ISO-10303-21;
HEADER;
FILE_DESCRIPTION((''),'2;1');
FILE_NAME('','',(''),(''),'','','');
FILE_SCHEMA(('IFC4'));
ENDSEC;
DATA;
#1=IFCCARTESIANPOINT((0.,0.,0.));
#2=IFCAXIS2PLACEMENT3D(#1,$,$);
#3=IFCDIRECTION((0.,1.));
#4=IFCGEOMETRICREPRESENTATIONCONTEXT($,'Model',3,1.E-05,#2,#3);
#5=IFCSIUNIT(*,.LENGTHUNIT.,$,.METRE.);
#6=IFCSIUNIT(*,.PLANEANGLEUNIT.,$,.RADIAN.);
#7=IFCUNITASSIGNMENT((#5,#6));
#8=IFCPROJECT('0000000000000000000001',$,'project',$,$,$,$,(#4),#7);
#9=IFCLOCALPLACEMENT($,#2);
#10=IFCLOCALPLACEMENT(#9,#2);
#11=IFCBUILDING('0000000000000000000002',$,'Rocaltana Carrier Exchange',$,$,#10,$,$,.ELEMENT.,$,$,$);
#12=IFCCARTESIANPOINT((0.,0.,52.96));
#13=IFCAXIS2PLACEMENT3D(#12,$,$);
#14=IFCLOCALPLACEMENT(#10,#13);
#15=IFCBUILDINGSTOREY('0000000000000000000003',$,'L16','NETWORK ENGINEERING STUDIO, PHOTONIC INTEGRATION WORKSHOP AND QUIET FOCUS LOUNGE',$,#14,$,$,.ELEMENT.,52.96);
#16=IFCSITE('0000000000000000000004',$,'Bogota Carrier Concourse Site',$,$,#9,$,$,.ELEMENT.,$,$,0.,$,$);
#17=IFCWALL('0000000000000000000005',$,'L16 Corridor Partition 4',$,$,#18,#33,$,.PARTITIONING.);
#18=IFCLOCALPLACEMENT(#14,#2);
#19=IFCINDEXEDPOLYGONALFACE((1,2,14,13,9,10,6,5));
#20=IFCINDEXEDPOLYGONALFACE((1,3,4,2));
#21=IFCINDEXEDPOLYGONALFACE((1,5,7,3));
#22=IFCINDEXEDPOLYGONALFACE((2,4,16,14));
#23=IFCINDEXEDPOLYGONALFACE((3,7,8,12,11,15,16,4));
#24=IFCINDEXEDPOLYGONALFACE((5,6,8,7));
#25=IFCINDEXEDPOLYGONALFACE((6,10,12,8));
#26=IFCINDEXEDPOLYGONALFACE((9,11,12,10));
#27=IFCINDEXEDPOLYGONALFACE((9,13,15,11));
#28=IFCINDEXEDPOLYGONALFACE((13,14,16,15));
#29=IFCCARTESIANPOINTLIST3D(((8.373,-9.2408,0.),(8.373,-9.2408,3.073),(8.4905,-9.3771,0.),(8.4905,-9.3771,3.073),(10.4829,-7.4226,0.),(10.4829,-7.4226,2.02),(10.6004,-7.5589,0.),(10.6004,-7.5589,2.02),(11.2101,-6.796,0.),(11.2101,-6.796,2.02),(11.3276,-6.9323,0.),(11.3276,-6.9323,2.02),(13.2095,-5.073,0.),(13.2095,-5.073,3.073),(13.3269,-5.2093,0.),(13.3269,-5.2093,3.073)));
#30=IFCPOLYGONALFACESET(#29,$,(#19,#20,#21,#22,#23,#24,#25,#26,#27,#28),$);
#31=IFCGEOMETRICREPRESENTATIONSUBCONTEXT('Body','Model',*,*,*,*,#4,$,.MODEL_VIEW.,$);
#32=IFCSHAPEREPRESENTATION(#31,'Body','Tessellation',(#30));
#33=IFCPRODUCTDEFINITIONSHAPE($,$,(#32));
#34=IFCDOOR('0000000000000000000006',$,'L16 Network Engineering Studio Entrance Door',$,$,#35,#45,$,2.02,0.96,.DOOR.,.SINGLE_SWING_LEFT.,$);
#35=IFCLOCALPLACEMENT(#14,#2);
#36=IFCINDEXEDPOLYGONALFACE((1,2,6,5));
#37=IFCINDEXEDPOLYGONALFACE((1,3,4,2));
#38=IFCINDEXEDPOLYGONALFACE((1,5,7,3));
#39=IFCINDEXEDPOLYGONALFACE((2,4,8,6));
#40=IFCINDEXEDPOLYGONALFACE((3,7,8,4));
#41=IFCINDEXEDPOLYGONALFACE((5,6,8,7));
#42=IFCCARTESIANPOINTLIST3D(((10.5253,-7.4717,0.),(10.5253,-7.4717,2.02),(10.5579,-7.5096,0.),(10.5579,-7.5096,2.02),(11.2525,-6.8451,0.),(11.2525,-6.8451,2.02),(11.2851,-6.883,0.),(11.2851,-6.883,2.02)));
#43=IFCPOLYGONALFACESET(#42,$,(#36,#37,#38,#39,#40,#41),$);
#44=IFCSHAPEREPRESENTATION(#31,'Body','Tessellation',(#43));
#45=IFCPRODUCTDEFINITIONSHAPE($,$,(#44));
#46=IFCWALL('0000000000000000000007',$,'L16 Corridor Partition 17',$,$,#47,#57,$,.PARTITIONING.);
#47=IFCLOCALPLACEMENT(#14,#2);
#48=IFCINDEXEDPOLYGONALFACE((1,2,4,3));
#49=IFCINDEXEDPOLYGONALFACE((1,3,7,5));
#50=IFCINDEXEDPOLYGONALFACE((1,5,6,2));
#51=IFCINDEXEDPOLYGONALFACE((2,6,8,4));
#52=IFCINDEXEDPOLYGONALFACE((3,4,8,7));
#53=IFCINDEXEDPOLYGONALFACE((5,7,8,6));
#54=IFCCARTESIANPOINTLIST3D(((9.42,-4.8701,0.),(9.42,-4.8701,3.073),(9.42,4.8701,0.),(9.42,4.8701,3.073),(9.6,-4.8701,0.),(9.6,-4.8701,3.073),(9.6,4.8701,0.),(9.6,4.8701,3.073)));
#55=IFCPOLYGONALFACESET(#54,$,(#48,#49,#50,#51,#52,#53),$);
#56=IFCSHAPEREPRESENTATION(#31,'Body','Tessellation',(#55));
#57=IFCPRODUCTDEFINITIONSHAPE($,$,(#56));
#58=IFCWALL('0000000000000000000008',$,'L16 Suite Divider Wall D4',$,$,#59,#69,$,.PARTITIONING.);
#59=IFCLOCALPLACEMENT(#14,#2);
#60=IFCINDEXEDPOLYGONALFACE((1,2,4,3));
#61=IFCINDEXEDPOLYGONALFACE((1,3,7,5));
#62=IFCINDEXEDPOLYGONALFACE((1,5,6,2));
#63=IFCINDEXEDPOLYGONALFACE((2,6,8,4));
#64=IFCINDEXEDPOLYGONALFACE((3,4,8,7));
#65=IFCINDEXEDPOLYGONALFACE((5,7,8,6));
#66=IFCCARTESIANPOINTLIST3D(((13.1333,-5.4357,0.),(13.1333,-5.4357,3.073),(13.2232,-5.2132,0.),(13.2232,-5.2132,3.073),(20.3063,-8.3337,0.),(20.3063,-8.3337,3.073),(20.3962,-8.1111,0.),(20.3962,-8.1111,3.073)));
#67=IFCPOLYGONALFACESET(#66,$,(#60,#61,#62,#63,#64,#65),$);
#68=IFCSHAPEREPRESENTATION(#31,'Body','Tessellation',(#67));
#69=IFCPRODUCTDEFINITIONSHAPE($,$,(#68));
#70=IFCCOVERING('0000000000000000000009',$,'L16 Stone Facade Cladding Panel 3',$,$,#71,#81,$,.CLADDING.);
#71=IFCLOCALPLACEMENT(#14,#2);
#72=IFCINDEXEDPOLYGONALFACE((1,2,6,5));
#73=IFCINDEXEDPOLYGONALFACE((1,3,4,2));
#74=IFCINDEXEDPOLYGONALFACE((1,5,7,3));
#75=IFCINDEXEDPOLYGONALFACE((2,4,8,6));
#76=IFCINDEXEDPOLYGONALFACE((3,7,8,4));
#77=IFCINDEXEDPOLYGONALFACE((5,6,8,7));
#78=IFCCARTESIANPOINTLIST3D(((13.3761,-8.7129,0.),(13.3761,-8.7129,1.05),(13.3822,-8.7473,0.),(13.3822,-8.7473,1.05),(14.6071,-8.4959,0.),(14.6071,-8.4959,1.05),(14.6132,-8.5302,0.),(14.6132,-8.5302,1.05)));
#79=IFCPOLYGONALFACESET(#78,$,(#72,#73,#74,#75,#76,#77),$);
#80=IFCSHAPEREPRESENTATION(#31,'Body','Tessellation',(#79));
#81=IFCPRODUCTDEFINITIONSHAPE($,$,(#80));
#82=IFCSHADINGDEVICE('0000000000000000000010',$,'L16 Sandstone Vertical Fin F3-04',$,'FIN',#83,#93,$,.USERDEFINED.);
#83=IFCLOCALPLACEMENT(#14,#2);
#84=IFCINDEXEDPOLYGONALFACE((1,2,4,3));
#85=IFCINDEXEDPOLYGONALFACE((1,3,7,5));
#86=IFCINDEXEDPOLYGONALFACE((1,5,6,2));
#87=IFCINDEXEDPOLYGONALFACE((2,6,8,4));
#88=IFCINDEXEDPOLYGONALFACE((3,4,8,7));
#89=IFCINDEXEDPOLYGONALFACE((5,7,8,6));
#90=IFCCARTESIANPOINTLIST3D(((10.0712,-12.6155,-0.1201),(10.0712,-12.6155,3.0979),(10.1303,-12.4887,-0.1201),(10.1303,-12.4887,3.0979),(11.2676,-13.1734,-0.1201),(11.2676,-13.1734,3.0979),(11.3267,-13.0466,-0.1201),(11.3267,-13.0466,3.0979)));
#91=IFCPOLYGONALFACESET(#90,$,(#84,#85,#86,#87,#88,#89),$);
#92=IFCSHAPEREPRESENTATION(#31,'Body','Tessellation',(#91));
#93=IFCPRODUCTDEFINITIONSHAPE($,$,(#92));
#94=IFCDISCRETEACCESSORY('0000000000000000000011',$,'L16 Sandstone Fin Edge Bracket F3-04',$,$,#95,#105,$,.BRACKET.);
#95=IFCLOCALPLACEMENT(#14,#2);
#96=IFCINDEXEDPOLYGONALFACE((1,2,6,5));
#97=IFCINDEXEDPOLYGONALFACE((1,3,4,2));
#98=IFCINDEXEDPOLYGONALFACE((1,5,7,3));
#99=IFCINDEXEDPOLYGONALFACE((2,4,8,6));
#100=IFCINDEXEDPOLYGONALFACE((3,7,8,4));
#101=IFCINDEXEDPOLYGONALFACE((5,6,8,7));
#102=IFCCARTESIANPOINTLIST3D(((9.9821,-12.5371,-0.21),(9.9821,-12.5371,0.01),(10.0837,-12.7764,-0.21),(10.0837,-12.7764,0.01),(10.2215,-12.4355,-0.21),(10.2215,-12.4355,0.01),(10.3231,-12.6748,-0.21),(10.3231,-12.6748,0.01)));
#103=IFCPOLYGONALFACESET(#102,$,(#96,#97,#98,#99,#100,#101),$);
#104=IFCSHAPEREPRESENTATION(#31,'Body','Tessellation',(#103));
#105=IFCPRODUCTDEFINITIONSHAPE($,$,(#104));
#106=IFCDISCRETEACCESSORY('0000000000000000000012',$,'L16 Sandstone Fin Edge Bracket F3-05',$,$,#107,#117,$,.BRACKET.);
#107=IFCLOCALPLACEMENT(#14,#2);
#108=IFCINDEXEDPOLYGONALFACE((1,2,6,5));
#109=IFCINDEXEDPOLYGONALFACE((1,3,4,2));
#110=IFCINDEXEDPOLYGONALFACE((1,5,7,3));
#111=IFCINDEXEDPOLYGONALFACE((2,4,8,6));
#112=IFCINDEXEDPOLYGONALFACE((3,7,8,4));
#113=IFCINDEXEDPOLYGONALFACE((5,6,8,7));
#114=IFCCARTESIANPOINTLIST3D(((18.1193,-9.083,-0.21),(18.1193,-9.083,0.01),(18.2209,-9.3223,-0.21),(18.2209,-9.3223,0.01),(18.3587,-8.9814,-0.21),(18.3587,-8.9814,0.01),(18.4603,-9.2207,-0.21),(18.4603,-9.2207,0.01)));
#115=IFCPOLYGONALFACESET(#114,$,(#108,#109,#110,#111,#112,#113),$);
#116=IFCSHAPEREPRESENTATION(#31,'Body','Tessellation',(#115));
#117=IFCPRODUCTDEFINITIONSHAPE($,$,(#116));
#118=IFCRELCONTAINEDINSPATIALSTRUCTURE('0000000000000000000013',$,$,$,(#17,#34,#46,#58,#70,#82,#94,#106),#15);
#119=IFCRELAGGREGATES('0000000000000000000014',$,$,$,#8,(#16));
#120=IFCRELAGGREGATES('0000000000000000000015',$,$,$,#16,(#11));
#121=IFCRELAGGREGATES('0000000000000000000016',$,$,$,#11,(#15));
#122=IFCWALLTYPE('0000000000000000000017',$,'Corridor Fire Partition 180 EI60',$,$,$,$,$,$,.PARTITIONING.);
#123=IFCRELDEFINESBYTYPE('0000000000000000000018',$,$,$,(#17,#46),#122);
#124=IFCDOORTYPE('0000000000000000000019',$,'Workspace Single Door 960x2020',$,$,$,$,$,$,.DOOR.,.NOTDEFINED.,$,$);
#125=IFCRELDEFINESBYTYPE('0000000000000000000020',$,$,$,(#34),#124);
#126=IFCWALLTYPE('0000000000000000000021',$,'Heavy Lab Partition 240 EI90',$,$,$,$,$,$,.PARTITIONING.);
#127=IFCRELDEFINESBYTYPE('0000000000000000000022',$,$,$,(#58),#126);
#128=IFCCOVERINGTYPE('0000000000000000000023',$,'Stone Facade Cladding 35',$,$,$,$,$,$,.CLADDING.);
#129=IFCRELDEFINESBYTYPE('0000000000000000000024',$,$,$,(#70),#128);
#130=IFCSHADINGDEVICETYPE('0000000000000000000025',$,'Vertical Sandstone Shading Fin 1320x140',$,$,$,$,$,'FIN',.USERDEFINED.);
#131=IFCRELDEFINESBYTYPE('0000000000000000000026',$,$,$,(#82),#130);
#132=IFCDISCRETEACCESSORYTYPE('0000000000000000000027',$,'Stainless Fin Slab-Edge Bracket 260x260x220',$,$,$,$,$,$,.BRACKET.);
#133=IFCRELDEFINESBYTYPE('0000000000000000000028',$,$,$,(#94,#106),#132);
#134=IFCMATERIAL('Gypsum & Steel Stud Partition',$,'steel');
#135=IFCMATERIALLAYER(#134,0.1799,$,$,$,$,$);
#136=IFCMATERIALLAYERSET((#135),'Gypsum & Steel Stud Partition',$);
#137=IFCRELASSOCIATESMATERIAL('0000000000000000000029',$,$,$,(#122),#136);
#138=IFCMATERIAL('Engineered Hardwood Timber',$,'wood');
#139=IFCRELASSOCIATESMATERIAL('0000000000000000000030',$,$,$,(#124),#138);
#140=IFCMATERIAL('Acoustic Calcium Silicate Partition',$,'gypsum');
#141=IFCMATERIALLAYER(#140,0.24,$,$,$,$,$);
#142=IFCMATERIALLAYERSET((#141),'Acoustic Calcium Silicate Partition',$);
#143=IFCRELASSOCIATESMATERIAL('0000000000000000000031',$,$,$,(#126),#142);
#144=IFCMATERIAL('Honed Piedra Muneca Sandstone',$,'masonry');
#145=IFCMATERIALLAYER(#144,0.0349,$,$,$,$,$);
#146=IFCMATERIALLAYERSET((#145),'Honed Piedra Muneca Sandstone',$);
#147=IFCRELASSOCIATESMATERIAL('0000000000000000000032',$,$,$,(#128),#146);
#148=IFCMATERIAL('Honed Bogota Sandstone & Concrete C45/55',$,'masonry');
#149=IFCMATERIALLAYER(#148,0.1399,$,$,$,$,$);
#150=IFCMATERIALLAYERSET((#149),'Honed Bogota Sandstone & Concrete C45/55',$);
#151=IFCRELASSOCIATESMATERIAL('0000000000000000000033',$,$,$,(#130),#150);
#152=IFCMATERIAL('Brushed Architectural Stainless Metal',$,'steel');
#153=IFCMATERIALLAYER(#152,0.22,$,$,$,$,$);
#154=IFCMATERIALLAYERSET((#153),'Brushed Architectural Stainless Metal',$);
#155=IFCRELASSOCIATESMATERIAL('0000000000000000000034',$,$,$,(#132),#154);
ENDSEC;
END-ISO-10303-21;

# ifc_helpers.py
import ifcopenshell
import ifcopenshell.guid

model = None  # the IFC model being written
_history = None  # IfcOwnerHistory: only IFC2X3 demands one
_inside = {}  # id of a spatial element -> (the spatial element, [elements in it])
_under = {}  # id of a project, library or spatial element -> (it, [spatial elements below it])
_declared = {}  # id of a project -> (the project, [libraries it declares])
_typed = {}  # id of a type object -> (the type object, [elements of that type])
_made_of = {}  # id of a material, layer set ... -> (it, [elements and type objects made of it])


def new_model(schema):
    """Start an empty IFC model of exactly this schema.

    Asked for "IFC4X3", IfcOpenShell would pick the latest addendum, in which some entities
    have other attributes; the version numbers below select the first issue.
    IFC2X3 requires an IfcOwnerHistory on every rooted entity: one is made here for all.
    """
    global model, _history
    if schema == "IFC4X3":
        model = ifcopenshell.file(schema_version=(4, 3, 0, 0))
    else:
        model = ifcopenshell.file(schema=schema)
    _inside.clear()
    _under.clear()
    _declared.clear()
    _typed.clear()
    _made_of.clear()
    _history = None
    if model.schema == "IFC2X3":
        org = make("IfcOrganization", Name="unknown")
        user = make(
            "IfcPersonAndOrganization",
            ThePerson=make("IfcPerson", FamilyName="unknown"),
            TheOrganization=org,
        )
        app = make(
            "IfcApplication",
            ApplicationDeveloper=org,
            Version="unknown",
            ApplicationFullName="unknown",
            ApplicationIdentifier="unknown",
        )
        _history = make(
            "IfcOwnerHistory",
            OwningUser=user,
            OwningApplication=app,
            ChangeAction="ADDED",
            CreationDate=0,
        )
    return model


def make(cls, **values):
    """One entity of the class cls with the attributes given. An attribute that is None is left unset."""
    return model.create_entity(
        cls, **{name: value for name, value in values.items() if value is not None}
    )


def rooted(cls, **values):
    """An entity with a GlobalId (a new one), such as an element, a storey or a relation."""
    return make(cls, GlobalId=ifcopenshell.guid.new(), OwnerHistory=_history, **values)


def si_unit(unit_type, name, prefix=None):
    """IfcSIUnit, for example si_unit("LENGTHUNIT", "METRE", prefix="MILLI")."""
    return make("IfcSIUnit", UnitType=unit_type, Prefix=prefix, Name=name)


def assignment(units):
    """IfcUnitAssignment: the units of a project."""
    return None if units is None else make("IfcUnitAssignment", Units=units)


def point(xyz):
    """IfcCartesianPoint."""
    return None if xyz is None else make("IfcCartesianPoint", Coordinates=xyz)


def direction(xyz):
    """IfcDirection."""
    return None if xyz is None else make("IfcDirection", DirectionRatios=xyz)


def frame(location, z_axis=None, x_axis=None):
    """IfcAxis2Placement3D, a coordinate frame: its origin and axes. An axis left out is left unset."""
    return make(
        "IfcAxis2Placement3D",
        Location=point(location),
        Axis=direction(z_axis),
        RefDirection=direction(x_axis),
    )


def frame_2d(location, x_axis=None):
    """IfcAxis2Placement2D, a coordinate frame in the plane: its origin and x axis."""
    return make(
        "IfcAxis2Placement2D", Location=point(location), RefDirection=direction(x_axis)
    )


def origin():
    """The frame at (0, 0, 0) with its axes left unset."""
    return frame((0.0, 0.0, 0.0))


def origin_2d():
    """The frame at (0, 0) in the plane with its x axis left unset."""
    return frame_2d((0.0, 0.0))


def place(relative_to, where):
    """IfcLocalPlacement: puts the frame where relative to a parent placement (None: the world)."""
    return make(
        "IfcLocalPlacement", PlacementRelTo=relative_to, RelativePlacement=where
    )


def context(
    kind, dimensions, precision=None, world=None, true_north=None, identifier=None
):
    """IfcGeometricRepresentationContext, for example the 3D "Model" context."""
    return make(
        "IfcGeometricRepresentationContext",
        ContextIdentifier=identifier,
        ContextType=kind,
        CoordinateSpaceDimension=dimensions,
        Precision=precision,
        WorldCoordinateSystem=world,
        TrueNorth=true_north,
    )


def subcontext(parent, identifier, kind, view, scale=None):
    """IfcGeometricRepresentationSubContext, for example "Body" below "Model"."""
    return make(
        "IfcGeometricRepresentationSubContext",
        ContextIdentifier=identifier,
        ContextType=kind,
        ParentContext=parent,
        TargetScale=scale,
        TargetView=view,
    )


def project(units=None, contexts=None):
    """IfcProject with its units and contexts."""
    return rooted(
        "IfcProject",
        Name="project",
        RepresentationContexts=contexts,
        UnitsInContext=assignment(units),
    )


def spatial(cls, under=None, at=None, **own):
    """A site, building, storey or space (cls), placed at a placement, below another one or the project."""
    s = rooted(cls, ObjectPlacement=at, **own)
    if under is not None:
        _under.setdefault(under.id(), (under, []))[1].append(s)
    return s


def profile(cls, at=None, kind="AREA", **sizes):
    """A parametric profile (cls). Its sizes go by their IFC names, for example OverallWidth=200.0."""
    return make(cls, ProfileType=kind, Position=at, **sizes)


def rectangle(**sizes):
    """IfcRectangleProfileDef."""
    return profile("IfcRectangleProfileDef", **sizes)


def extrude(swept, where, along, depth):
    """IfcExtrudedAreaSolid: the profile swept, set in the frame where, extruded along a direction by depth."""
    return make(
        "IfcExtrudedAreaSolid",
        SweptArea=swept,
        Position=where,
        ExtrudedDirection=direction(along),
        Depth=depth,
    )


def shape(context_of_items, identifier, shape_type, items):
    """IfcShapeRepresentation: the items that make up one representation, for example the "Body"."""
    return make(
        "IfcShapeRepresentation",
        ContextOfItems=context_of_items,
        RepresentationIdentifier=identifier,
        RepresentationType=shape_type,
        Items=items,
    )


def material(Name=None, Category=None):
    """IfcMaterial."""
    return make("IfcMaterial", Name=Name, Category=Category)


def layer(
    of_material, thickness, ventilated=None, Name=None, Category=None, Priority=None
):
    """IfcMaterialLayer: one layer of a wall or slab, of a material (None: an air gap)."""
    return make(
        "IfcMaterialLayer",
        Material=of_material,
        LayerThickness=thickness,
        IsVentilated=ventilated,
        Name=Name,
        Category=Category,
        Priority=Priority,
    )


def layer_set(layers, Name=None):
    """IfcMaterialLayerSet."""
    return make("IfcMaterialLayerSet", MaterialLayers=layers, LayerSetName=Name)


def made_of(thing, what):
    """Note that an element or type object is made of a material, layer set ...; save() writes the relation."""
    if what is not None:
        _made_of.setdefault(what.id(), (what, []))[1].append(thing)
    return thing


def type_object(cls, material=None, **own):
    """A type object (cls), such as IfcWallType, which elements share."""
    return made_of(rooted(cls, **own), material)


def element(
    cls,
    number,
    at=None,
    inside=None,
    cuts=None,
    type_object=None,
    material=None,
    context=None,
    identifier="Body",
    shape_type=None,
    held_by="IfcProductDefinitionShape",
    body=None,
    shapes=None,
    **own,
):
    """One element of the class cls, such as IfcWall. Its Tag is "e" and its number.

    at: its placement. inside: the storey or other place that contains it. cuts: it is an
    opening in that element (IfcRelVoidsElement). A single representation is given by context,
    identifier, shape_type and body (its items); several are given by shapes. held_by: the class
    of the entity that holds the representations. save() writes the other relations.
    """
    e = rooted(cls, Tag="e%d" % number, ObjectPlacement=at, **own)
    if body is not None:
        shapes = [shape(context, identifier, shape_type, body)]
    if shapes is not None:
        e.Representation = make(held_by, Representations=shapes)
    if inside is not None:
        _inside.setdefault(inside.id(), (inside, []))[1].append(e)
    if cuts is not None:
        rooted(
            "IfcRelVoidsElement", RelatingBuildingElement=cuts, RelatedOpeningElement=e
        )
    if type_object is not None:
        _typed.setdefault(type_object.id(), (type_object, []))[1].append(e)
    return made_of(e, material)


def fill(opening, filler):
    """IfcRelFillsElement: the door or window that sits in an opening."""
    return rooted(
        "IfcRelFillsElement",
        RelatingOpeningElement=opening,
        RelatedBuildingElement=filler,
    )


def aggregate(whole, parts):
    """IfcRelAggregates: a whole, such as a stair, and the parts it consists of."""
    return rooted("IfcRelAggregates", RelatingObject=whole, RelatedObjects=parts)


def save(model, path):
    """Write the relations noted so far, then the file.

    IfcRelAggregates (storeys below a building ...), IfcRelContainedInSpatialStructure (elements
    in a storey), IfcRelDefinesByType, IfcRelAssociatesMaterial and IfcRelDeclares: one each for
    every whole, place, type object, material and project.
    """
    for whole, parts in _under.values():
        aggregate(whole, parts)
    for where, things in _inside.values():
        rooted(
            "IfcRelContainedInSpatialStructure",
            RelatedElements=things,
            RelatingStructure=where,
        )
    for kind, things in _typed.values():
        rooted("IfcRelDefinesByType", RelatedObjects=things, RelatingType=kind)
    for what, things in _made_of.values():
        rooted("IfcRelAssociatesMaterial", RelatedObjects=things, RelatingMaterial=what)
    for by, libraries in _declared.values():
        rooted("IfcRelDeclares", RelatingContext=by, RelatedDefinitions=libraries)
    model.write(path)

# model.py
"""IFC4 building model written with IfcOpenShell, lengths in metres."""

from ifc_helpers import new_model, si_unit, direction, frame, frame_2d, origin, origin_2d, place, context, subcontext, project, spatial, rectangle, extrude, material, layer, layer_set, type_object, element, fill, save


model = new_model("IFC4")

# Units and contexts
model_context = context("Model", 3, precision=1e-05, world=origin(), true_north=direction((0.0, 1.0)))
body_context = subcontext(model_context, "Body", "Model", "MODEL_VIEW")
ifc_project = project(units=[si_unit("LENGTHUNIT", "METRE"), si_unit("PLANEANGLEUNIT", "RADIAN")], contexts=[model_context])

# Site, building, storey
site_placement = place(None, origin())
site = spatial("IfcSite", under=ifc_project, at=site_placement, Name="Bogota Carrier Concourse Site", CompositionType="ELEMENT", RefElevation=0.0)
building_placement = place(site_placement, origin())
building = spatial("IfcBuilding", under=site, at=building_placement, Name="Rocaltana Carrier Exchange", CompositionType="ELEMENT")
storey_placement = place(building_placement, frame((0.0, 0.0, 52.96)))
storey = spatial("IfcBuildingStorey", under=building, at=storey_placement, Name="L16", Description="NETWORK ENGINEERING STUDIO, PHOTONIC INTEGRATION WORKSHOP AND QUIET FOCUS LOUNGE", CompositionType="ELEMENT", Elevation=52.96)

# Wall, opening, door
ifc_material_1 = material(Name="Gypsum & Steel Stud Partition", Category="steel")
ifc_layer_1 = layer(ifc_material_1, 0.1799)
ifc_layer_set_1 = layer_set([ifc_layer_1], Name="Gypsum & Steel Stud Partition")
wall_type_1 = type_object("IfcWallType", Name="Corridor Fire Partition 180 EI60", PredefinedType="PARTITIONING", material=ifc_layer_set_1)
wall_1_placement = place(storey_placement, frame((13.2683, -5.1411, 0.0), z_axis=(0.0, 0.0, 1.0), x_axis=(-0.757535, -0.652795, 0.0)))
wall_1 = element("IfcWall", 1, at=wall_1_placement, inside=storey, type_object=wall_type_1, Name="L16 Corridor Partition 4", PredefinedType="PARTITIONING", context=body_context, shape_type="SweptSolid", body=[
    extrude(rectangle(XDim=6.3845, YDim=0.1799, at=frame_2d((3.1924, 0.0))), origin(), (0.0, 0.0, 1.0), 3.073),
])
opening_placement = place(wall_1_placement, frame((2.6394, 0.0, 0.0)))
opening = element("IfcOpeningElement", 2, at=opening_placement, cuts=wall_1, PredefinedType="OPENING", context=body_context, shape_type="SweptSolid", body=[
    extrude(rectangle(XDim=0.96, YDim=2.02, at=frame_2d((0.48, 1.01))), frame((0.0, 0.0999, 0.0), z_axis=(0.0, -1.0, 0.0), x_axis=(1.0, 0.0, 0.0)), (0.0, 0.0, 1.0), 0.2),
])
ifc_material_2 = material(Name="Engineered Hardwood Timber", Category="wood")
door_type = type_object("IfcDoorType", Name="Workspace Single Door 960x2020", OperationType="NOTDEFINED", PredefinedType="DOOR", material=ifc_material_2)
door_placement = place(opening_placement, origin())
door = element("IfcDoor", 3, at=door_placement, inside=storey, type_object=door_type, Name="L16 Network Engineering Studio Entrance Door", OperationType="SINGLE_SWING_LEFT", OverallHeight=2.02, OverallWidth=0.96, PredefinedType="DOOR", context=body_context, shape_type="SweptSolid", body=[
    extrude(rectangle(XDim=0.96, YDim=2.02, at=frame_2d((0.48, 1.01))), frame((0.0, 0.0249, 0.0), z_axis=(0.0, -1.0, 0.0), x_axis=(1.0, 0.0, 0.0)), (0.0, 0.0, 1.0), 0.05),
])
fill(opening, door)

# Walls
wall_2_placement = place(storey_placement, frame((9.51, -4.8701, 0.0), z_axis=(0.0, 0.0, 1.0), x_axis=(0.0, 1.0, 0.0)))
element("IfcWall", 4, at=wall_2_placement, inside=storey, type_object=wall_type_1, Name="L16 Corridor Partition 17", PredefinedType="PARTITIONING", context=body_context, shape_type="SweptSolid", body=[
    extrude(rectangle(XDim=9.7402, YDim=0.1799, at=frame_2d((4.8701, 0.0))), origin(), (0.0, 0.0, 1.0), 3.073),
])
ifc_material_3 = material(Name="Acoustic Calcium Silicate Partition", Category="gypsum")
ifc_layer_2 = layer(ifc_material_3, 0.24)
ifc_layer_set_2 = layer_set([ifc_layer_2], Name="Acoustic Calcium Silicate Partition")
wall_type_2 = type_object("IfcWallType", Name="Heavy Lab Partition 240 EI90", PredefinedType="PARTITIONING", material=ifc_layer_set_2)
wall_3_placement = place(storey_placement, frame((13.1782, -5.3245, 0.0), z_axis=(0.0, 0.0, 1.0), x_axis=(0.927191, -0.374588, 0.0)))
element("IfcWall", 5, at=wall_3_placement, inside=storey, type_object=wall_type_2, Name="L16 Suite Divider Wall D4", PredefinedType="PARTITIONING", context=body_context, shape_type="SweptSolid", body=[
    extrude(rectangle(XDim=7.7363, YDim=0.24, at=frame_2d((3.8682, 0.0))), origin(), (0.0, 0.0, 1.0), 3.073),
])

# Covering
ifc_material_4 = material(Name="Honed Piedra Muneca Sandstone", Category="masonry")
ifc_layer_3 = layer(ifc_material_4, 0.0349)
ifc_layer_set_3 = layer_set([ifc_layer_3], Name="Honed Piedra Muneca Sandstone")
covering_type = type_object("IfcCoveringType", Name="Stone Facade Cladding 35", PredefinedType="CLADDING", material=ifc_layer_set_3)
covering_placement = place(storey_placement, frame((13.9946, -8.6216, 0.0), z_axis=(0.0, 0.0, 1.0), x_axis=(0.984808, 0.173648, 0.0)))
element("IfcCovering", 6, at=covering_placement, inside=storey, type_object=covering_type, Name="L16 Stone Facade Cladding Panel 3", PredefinedType="CLADDING", context=body_context, shape_type="SweptSolid", body=[
    extrude(rectangle(XDim=1.25, YDim=0.0349, at=origin_2d()), origin(), (0.0, 0.0, 1.0), 1.05),
])

# Shading device
ifc_material_5 = material(Name="Honed Bogota Sandstone & Concrete C45/55", Category="masonry")
ifc_layer_4 = layer(ifc_material_5, 0.1399)
ifc_layer_set_4 = layer_set([ifc_layer_4], Name="Honed Bogota Sandstone & Concrete C45/55")
shading_device_type = type_object("IfcShadingDeviceType", Name="Vertical Sandstone Shading Fin 1320x140", ElementType="FIN", PredefinedType="USERDEFINED", material=ifc_layer_set_4)
shading_device_placement = place(storey_placement, frame((10.699, -12.8311, -0.1201), z_axis=(0.0, 0.0, 1.0), x_axis=(0.906308, -0.422618, 0.0)))
element("IfcShadingDevice", 7, at=shading_device_placement, inside=storey, type_object=shading_device_type, Name="L16 Sandstone Vertical Fin F3-04", ObjectType="FIN", PredefinedType="USERDEFINED", context=body_context, shape_type="SweptSolid", body=[
    extrude(rectangle(XDim=1.3201, YDim=0.1399, at=origin_2d()), origin(), (0.0, 0.0, 1.0), 3.218),
])

# Discrete accessories
ifc_material_6 = material(Name="Brushed Architectural Stainless Metal", Category="steel")
ifc_layer_5 = layer(ifc_material_6, 0.22)
ifc_layer_set_5 = layer_set([ifc_layer_5], Name="Brushed Architectural Stainless Metal")
discrete_accessory_type = type_object("IfcDiscreteAccessoryType", Name="Stainless Fin Slab-Edge Bracket 260x260x220", PredefinedType="BRACKET", material=ifc_layer_set_5)
for number, where, z_axis, x_axis, name in (
    (8, (10.1526, -12.606, -0.21), (0.0, 0.0, 1.0), (0.920505, 0.390731, 0.0), "L16 Sandstone Fin Edge Bracket F3-04"),
    (9, (18.2898, -9.1519, -0.21), (0.0, 0.0, 1.0), (0.920505, 0.390731, 0.0), "L16 Sandstone Fin Edge Bracket F3-05"),
):
    element("IfcDiscreteAccessory", number, at=place(storey_placement, frame(where, z_axis=z_axis, x_axis=x_axis)), inside=storey, type_object=discrete_accessory_type, Name=name, PredefinedType="BRACKET", context=body_context, shape_type="SweptSolid", body=[
        extrude(rectangle(XDim=0.26, YDim=0.26, at=origin_2d()), origin(), (0.0, 0.0, 1.0), 0.22),
    ])

save(model, "model.ifc")
